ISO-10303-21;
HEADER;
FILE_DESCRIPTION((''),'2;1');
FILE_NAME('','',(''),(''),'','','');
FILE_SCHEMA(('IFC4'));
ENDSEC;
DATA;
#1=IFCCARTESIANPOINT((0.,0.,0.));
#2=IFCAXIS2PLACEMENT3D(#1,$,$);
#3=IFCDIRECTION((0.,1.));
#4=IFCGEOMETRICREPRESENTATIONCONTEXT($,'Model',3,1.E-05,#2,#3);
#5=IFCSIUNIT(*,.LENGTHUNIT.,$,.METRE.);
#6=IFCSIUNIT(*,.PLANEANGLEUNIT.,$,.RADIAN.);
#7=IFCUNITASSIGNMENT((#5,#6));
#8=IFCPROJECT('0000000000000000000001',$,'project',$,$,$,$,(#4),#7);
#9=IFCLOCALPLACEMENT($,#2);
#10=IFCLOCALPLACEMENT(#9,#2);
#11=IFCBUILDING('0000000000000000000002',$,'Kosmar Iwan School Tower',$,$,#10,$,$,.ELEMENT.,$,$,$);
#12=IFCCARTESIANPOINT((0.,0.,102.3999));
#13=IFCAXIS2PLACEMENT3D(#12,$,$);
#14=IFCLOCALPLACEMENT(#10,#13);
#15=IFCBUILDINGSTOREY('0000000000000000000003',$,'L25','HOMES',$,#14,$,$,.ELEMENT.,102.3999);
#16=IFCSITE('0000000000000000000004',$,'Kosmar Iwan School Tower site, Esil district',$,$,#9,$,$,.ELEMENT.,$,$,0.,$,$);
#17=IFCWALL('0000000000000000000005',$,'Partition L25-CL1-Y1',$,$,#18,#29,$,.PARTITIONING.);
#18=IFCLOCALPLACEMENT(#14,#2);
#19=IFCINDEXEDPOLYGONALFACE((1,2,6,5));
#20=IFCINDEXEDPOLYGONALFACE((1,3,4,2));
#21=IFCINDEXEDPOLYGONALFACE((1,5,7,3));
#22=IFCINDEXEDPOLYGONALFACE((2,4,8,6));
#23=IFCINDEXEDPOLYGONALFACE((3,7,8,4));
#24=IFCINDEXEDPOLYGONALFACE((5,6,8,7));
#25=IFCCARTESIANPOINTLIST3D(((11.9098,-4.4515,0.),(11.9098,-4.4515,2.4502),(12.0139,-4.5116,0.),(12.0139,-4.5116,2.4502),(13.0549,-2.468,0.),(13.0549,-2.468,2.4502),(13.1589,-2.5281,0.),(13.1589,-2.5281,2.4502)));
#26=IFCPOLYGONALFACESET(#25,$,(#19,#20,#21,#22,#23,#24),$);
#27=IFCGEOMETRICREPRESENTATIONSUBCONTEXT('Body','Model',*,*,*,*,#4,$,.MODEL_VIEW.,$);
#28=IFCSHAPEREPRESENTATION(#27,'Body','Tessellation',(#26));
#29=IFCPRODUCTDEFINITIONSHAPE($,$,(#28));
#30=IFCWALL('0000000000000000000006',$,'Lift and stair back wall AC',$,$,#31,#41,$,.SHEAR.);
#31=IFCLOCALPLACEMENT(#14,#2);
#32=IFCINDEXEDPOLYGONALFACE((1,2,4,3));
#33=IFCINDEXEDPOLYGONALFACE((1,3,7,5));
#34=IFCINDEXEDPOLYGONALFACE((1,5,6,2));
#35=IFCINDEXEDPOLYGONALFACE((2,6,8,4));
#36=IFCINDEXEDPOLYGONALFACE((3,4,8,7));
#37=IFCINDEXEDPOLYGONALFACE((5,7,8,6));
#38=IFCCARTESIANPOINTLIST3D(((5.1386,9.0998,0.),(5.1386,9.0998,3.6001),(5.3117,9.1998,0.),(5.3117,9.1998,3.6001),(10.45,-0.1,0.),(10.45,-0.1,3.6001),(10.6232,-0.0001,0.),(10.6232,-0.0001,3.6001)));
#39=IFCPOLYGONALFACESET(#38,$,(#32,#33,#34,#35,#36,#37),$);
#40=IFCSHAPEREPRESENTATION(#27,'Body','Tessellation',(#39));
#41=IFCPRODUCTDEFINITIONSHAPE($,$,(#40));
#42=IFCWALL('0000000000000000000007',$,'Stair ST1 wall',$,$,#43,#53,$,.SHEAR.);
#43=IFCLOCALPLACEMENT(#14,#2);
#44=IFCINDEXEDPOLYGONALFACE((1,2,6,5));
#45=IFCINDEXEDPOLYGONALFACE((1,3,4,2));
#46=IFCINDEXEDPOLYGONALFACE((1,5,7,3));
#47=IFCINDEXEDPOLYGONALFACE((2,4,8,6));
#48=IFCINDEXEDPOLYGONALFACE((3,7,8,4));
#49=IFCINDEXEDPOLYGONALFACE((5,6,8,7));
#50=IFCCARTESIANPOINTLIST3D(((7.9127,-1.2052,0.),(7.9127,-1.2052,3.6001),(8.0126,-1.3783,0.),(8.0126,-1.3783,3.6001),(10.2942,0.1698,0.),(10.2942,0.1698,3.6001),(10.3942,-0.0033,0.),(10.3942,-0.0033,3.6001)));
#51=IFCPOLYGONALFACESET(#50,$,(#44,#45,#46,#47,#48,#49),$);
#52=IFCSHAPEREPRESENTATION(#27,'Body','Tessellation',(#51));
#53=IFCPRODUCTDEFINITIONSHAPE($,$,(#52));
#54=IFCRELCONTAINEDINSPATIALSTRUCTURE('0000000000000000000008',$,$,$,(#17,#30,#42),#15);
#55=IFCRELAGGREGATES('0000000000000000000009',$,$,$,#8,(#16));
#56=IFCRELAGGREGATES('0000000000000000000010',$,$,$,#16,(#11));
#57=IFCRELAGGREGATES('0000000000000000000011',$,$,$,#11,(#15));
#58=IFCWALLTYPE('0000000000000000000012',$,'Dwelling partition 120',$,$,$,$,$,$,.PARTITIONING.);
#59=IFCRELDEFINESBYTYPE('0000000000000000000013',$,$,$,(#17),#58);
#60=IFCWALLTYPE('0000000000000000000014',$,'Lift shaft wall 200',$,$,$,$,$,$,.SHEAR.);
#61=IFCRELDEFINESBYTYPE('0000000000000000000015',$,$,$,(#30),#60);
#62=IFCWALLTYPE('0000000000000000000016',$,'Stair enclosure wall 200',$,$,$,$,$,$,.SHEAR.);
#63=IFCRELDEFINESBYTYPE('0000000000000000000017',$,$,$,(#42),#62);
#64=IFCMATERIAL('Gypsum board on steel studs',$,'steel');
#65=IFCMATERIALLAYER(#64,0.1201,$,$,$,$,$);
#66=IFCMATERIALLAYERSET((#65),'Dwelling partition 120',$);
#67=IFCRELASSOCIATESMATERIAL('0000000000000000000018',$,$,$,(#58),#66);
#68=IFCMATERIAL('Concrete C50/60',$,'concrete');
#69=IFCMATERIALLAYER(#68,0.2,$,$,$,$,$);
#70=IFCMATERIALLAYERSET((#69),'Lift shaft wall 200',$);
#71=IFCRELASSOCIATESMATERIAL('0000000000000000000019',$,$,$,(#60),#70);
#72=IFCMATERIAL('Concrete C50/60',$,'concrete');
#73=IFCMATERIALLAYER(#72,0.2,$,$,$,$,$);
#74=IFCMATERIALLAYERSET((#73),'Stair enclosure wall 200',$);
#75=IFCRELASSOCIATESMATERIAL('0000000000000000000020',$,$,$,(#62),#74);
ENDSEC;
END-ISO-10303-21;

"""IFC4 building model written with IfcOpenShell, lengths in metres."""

from ifc_helpers import new_model, si_unit, direction, frame, frame_2d, origin, place, context, subcontext, project, spatial, rectangle, extrude, material, layer, layer_set, type_object, element, save


model = new_model("IFC4")

# Units and contexts
model_context = context("Model", 3, precision=1e-05, world=origin(), true_north=direction((0.0, 1.0)))
body_context = subcontext(model_context, "Body", "Model", "MODEL_VIEW")
ifc_project = project(units=[si_unit("LENGTHUNIT", "METRE"), si_unit("PLANEANGLEUNIT", "RADIAN")], contexts=[model_context])

# Site, building, storey
site_placement = place(None, origin())
site = spatial("IfcSite", under=ifc_project, at=site_placement, Name="Kosmar Iwan School Tower site, Esil district", CompositionType="ELEMENT", RefElevation=0.0)
building_placement = place(site_placement, origin())
building = spatial("IfcBuilding", under=site, at=building_placement, Name="Kosmar Iwan School Tower", CompositionType="ELEMENT")
storey_placement = place(building_placement, frame((0.0, 0.0, 102.3999)))
storey = spatial("IfcBuildingStorey", under=building, at=storey_placement, Name="L25", Description="HOMES", CompositionType="ELEMENT", Elevation=102.3999)

# Shared definitions
ifc_material_1 = material(Name="Gypsum board on steel studs", Category="steel")
ifc_layer_1 = layer(ifc_material_1, 0.1201)
ifc_layer_set_1 = layer_set([ifc_layer_1], Name="Dwelling partition 120")
wall_type_1 = type_object("IfcWallType", Name="Dwelling partition 120", PredefinedType="PARTITIONING", material=ifc_layer_set_1)

# Walls
wall_1_placement = place(storey_placement, frame((11.9619, -4.4814, 0.0), z_axis=(0.0, 0.0, 1.0), x_axis=(0.499969, 0.866044, 0.0)))
element("IfcWall", 1, at=wall_1_placement, inside=storey, type_object=wall_type_1, Name="Partition L25-CL1-Y1", PredefinedType="PARTITIONING", context=body_context, shape_type="SweptSolid", body=[
    extrude(rectangle(XDim=2.2903, YDim=0.1201, at=frame_2d((1.145, 0.0))), origin(), (0.0, 0.0, 1.0), 2.4502),
])
ifc_material_2 = material(Name="Concrete C50/60", Category="concrete")
ifc_layer_2 = layer(ifc_material_2, 0.2)
ifc_layer_set_2 = layer_set([ifc_layer_2], Name="Lift shaft wall 200")
wall_type_2 = type_object("IfcWallType", Name="Lift shaft wall 200", PredefinedType="SHEAR", material=ifc_layer_set_2)
wall_2_placement = place(storey_placement, frame((10.5366, -0.05, 0.0), z_axis=(0.0, 0.0, 1.0), x_axis=(-0.499995, 0.866028, 0.0)))
element("IfcWall", 2, at=wall_2_placement, inside=storey, type_object=wall_type_2, Name="Lift and stair back wall AC", PredefinedType="SHEAR", context=body_context, shape_type="SweptSolid", body=[
    extrude(rectangle(XDim=10.623, YDim=0.2, at=frame_2d((5.3115, 0.0))), origin(), (0.0, 0.0, 1.0), 3.6001),
])
ifc_material_3 = material(Name="Concrete C50/60", Category="concrete")
ifc_layer_3 = layer(ifc_material_3, 0.2)
ifc_layer_set_3 = layer_set([ifc_layer_3], Name="Stair enclosure wall 200")
wall_type_3 = type_object("IfcWallType", Name="Stair enclosure wall 200", PredefinedType="SHEAR", material=ifc_layer_set_3)
wall_3_placement = place(storey_placement, frame((7.9626, -1.2917, 0.0), z_axis=(0.0, 0.0, 1.0), x_axis=(0.866027, 0.499997, 0.0)))
element("IfcWall", 3, at=wall_3_placement, inside=storey, type_object=wall_type_3, Name="Stair ST1 wall", PredefinedType="SHEAR", context=body_context, shape_type="SweptSolid", body=[
    extrude(rectangle(XDim=2.75, YDim=0.2, at=frame_2d((1.375, 0.0))), origin(), (0.0, 0.0, 1.0), 3.6001),
])

save(model, "model.ifc")
